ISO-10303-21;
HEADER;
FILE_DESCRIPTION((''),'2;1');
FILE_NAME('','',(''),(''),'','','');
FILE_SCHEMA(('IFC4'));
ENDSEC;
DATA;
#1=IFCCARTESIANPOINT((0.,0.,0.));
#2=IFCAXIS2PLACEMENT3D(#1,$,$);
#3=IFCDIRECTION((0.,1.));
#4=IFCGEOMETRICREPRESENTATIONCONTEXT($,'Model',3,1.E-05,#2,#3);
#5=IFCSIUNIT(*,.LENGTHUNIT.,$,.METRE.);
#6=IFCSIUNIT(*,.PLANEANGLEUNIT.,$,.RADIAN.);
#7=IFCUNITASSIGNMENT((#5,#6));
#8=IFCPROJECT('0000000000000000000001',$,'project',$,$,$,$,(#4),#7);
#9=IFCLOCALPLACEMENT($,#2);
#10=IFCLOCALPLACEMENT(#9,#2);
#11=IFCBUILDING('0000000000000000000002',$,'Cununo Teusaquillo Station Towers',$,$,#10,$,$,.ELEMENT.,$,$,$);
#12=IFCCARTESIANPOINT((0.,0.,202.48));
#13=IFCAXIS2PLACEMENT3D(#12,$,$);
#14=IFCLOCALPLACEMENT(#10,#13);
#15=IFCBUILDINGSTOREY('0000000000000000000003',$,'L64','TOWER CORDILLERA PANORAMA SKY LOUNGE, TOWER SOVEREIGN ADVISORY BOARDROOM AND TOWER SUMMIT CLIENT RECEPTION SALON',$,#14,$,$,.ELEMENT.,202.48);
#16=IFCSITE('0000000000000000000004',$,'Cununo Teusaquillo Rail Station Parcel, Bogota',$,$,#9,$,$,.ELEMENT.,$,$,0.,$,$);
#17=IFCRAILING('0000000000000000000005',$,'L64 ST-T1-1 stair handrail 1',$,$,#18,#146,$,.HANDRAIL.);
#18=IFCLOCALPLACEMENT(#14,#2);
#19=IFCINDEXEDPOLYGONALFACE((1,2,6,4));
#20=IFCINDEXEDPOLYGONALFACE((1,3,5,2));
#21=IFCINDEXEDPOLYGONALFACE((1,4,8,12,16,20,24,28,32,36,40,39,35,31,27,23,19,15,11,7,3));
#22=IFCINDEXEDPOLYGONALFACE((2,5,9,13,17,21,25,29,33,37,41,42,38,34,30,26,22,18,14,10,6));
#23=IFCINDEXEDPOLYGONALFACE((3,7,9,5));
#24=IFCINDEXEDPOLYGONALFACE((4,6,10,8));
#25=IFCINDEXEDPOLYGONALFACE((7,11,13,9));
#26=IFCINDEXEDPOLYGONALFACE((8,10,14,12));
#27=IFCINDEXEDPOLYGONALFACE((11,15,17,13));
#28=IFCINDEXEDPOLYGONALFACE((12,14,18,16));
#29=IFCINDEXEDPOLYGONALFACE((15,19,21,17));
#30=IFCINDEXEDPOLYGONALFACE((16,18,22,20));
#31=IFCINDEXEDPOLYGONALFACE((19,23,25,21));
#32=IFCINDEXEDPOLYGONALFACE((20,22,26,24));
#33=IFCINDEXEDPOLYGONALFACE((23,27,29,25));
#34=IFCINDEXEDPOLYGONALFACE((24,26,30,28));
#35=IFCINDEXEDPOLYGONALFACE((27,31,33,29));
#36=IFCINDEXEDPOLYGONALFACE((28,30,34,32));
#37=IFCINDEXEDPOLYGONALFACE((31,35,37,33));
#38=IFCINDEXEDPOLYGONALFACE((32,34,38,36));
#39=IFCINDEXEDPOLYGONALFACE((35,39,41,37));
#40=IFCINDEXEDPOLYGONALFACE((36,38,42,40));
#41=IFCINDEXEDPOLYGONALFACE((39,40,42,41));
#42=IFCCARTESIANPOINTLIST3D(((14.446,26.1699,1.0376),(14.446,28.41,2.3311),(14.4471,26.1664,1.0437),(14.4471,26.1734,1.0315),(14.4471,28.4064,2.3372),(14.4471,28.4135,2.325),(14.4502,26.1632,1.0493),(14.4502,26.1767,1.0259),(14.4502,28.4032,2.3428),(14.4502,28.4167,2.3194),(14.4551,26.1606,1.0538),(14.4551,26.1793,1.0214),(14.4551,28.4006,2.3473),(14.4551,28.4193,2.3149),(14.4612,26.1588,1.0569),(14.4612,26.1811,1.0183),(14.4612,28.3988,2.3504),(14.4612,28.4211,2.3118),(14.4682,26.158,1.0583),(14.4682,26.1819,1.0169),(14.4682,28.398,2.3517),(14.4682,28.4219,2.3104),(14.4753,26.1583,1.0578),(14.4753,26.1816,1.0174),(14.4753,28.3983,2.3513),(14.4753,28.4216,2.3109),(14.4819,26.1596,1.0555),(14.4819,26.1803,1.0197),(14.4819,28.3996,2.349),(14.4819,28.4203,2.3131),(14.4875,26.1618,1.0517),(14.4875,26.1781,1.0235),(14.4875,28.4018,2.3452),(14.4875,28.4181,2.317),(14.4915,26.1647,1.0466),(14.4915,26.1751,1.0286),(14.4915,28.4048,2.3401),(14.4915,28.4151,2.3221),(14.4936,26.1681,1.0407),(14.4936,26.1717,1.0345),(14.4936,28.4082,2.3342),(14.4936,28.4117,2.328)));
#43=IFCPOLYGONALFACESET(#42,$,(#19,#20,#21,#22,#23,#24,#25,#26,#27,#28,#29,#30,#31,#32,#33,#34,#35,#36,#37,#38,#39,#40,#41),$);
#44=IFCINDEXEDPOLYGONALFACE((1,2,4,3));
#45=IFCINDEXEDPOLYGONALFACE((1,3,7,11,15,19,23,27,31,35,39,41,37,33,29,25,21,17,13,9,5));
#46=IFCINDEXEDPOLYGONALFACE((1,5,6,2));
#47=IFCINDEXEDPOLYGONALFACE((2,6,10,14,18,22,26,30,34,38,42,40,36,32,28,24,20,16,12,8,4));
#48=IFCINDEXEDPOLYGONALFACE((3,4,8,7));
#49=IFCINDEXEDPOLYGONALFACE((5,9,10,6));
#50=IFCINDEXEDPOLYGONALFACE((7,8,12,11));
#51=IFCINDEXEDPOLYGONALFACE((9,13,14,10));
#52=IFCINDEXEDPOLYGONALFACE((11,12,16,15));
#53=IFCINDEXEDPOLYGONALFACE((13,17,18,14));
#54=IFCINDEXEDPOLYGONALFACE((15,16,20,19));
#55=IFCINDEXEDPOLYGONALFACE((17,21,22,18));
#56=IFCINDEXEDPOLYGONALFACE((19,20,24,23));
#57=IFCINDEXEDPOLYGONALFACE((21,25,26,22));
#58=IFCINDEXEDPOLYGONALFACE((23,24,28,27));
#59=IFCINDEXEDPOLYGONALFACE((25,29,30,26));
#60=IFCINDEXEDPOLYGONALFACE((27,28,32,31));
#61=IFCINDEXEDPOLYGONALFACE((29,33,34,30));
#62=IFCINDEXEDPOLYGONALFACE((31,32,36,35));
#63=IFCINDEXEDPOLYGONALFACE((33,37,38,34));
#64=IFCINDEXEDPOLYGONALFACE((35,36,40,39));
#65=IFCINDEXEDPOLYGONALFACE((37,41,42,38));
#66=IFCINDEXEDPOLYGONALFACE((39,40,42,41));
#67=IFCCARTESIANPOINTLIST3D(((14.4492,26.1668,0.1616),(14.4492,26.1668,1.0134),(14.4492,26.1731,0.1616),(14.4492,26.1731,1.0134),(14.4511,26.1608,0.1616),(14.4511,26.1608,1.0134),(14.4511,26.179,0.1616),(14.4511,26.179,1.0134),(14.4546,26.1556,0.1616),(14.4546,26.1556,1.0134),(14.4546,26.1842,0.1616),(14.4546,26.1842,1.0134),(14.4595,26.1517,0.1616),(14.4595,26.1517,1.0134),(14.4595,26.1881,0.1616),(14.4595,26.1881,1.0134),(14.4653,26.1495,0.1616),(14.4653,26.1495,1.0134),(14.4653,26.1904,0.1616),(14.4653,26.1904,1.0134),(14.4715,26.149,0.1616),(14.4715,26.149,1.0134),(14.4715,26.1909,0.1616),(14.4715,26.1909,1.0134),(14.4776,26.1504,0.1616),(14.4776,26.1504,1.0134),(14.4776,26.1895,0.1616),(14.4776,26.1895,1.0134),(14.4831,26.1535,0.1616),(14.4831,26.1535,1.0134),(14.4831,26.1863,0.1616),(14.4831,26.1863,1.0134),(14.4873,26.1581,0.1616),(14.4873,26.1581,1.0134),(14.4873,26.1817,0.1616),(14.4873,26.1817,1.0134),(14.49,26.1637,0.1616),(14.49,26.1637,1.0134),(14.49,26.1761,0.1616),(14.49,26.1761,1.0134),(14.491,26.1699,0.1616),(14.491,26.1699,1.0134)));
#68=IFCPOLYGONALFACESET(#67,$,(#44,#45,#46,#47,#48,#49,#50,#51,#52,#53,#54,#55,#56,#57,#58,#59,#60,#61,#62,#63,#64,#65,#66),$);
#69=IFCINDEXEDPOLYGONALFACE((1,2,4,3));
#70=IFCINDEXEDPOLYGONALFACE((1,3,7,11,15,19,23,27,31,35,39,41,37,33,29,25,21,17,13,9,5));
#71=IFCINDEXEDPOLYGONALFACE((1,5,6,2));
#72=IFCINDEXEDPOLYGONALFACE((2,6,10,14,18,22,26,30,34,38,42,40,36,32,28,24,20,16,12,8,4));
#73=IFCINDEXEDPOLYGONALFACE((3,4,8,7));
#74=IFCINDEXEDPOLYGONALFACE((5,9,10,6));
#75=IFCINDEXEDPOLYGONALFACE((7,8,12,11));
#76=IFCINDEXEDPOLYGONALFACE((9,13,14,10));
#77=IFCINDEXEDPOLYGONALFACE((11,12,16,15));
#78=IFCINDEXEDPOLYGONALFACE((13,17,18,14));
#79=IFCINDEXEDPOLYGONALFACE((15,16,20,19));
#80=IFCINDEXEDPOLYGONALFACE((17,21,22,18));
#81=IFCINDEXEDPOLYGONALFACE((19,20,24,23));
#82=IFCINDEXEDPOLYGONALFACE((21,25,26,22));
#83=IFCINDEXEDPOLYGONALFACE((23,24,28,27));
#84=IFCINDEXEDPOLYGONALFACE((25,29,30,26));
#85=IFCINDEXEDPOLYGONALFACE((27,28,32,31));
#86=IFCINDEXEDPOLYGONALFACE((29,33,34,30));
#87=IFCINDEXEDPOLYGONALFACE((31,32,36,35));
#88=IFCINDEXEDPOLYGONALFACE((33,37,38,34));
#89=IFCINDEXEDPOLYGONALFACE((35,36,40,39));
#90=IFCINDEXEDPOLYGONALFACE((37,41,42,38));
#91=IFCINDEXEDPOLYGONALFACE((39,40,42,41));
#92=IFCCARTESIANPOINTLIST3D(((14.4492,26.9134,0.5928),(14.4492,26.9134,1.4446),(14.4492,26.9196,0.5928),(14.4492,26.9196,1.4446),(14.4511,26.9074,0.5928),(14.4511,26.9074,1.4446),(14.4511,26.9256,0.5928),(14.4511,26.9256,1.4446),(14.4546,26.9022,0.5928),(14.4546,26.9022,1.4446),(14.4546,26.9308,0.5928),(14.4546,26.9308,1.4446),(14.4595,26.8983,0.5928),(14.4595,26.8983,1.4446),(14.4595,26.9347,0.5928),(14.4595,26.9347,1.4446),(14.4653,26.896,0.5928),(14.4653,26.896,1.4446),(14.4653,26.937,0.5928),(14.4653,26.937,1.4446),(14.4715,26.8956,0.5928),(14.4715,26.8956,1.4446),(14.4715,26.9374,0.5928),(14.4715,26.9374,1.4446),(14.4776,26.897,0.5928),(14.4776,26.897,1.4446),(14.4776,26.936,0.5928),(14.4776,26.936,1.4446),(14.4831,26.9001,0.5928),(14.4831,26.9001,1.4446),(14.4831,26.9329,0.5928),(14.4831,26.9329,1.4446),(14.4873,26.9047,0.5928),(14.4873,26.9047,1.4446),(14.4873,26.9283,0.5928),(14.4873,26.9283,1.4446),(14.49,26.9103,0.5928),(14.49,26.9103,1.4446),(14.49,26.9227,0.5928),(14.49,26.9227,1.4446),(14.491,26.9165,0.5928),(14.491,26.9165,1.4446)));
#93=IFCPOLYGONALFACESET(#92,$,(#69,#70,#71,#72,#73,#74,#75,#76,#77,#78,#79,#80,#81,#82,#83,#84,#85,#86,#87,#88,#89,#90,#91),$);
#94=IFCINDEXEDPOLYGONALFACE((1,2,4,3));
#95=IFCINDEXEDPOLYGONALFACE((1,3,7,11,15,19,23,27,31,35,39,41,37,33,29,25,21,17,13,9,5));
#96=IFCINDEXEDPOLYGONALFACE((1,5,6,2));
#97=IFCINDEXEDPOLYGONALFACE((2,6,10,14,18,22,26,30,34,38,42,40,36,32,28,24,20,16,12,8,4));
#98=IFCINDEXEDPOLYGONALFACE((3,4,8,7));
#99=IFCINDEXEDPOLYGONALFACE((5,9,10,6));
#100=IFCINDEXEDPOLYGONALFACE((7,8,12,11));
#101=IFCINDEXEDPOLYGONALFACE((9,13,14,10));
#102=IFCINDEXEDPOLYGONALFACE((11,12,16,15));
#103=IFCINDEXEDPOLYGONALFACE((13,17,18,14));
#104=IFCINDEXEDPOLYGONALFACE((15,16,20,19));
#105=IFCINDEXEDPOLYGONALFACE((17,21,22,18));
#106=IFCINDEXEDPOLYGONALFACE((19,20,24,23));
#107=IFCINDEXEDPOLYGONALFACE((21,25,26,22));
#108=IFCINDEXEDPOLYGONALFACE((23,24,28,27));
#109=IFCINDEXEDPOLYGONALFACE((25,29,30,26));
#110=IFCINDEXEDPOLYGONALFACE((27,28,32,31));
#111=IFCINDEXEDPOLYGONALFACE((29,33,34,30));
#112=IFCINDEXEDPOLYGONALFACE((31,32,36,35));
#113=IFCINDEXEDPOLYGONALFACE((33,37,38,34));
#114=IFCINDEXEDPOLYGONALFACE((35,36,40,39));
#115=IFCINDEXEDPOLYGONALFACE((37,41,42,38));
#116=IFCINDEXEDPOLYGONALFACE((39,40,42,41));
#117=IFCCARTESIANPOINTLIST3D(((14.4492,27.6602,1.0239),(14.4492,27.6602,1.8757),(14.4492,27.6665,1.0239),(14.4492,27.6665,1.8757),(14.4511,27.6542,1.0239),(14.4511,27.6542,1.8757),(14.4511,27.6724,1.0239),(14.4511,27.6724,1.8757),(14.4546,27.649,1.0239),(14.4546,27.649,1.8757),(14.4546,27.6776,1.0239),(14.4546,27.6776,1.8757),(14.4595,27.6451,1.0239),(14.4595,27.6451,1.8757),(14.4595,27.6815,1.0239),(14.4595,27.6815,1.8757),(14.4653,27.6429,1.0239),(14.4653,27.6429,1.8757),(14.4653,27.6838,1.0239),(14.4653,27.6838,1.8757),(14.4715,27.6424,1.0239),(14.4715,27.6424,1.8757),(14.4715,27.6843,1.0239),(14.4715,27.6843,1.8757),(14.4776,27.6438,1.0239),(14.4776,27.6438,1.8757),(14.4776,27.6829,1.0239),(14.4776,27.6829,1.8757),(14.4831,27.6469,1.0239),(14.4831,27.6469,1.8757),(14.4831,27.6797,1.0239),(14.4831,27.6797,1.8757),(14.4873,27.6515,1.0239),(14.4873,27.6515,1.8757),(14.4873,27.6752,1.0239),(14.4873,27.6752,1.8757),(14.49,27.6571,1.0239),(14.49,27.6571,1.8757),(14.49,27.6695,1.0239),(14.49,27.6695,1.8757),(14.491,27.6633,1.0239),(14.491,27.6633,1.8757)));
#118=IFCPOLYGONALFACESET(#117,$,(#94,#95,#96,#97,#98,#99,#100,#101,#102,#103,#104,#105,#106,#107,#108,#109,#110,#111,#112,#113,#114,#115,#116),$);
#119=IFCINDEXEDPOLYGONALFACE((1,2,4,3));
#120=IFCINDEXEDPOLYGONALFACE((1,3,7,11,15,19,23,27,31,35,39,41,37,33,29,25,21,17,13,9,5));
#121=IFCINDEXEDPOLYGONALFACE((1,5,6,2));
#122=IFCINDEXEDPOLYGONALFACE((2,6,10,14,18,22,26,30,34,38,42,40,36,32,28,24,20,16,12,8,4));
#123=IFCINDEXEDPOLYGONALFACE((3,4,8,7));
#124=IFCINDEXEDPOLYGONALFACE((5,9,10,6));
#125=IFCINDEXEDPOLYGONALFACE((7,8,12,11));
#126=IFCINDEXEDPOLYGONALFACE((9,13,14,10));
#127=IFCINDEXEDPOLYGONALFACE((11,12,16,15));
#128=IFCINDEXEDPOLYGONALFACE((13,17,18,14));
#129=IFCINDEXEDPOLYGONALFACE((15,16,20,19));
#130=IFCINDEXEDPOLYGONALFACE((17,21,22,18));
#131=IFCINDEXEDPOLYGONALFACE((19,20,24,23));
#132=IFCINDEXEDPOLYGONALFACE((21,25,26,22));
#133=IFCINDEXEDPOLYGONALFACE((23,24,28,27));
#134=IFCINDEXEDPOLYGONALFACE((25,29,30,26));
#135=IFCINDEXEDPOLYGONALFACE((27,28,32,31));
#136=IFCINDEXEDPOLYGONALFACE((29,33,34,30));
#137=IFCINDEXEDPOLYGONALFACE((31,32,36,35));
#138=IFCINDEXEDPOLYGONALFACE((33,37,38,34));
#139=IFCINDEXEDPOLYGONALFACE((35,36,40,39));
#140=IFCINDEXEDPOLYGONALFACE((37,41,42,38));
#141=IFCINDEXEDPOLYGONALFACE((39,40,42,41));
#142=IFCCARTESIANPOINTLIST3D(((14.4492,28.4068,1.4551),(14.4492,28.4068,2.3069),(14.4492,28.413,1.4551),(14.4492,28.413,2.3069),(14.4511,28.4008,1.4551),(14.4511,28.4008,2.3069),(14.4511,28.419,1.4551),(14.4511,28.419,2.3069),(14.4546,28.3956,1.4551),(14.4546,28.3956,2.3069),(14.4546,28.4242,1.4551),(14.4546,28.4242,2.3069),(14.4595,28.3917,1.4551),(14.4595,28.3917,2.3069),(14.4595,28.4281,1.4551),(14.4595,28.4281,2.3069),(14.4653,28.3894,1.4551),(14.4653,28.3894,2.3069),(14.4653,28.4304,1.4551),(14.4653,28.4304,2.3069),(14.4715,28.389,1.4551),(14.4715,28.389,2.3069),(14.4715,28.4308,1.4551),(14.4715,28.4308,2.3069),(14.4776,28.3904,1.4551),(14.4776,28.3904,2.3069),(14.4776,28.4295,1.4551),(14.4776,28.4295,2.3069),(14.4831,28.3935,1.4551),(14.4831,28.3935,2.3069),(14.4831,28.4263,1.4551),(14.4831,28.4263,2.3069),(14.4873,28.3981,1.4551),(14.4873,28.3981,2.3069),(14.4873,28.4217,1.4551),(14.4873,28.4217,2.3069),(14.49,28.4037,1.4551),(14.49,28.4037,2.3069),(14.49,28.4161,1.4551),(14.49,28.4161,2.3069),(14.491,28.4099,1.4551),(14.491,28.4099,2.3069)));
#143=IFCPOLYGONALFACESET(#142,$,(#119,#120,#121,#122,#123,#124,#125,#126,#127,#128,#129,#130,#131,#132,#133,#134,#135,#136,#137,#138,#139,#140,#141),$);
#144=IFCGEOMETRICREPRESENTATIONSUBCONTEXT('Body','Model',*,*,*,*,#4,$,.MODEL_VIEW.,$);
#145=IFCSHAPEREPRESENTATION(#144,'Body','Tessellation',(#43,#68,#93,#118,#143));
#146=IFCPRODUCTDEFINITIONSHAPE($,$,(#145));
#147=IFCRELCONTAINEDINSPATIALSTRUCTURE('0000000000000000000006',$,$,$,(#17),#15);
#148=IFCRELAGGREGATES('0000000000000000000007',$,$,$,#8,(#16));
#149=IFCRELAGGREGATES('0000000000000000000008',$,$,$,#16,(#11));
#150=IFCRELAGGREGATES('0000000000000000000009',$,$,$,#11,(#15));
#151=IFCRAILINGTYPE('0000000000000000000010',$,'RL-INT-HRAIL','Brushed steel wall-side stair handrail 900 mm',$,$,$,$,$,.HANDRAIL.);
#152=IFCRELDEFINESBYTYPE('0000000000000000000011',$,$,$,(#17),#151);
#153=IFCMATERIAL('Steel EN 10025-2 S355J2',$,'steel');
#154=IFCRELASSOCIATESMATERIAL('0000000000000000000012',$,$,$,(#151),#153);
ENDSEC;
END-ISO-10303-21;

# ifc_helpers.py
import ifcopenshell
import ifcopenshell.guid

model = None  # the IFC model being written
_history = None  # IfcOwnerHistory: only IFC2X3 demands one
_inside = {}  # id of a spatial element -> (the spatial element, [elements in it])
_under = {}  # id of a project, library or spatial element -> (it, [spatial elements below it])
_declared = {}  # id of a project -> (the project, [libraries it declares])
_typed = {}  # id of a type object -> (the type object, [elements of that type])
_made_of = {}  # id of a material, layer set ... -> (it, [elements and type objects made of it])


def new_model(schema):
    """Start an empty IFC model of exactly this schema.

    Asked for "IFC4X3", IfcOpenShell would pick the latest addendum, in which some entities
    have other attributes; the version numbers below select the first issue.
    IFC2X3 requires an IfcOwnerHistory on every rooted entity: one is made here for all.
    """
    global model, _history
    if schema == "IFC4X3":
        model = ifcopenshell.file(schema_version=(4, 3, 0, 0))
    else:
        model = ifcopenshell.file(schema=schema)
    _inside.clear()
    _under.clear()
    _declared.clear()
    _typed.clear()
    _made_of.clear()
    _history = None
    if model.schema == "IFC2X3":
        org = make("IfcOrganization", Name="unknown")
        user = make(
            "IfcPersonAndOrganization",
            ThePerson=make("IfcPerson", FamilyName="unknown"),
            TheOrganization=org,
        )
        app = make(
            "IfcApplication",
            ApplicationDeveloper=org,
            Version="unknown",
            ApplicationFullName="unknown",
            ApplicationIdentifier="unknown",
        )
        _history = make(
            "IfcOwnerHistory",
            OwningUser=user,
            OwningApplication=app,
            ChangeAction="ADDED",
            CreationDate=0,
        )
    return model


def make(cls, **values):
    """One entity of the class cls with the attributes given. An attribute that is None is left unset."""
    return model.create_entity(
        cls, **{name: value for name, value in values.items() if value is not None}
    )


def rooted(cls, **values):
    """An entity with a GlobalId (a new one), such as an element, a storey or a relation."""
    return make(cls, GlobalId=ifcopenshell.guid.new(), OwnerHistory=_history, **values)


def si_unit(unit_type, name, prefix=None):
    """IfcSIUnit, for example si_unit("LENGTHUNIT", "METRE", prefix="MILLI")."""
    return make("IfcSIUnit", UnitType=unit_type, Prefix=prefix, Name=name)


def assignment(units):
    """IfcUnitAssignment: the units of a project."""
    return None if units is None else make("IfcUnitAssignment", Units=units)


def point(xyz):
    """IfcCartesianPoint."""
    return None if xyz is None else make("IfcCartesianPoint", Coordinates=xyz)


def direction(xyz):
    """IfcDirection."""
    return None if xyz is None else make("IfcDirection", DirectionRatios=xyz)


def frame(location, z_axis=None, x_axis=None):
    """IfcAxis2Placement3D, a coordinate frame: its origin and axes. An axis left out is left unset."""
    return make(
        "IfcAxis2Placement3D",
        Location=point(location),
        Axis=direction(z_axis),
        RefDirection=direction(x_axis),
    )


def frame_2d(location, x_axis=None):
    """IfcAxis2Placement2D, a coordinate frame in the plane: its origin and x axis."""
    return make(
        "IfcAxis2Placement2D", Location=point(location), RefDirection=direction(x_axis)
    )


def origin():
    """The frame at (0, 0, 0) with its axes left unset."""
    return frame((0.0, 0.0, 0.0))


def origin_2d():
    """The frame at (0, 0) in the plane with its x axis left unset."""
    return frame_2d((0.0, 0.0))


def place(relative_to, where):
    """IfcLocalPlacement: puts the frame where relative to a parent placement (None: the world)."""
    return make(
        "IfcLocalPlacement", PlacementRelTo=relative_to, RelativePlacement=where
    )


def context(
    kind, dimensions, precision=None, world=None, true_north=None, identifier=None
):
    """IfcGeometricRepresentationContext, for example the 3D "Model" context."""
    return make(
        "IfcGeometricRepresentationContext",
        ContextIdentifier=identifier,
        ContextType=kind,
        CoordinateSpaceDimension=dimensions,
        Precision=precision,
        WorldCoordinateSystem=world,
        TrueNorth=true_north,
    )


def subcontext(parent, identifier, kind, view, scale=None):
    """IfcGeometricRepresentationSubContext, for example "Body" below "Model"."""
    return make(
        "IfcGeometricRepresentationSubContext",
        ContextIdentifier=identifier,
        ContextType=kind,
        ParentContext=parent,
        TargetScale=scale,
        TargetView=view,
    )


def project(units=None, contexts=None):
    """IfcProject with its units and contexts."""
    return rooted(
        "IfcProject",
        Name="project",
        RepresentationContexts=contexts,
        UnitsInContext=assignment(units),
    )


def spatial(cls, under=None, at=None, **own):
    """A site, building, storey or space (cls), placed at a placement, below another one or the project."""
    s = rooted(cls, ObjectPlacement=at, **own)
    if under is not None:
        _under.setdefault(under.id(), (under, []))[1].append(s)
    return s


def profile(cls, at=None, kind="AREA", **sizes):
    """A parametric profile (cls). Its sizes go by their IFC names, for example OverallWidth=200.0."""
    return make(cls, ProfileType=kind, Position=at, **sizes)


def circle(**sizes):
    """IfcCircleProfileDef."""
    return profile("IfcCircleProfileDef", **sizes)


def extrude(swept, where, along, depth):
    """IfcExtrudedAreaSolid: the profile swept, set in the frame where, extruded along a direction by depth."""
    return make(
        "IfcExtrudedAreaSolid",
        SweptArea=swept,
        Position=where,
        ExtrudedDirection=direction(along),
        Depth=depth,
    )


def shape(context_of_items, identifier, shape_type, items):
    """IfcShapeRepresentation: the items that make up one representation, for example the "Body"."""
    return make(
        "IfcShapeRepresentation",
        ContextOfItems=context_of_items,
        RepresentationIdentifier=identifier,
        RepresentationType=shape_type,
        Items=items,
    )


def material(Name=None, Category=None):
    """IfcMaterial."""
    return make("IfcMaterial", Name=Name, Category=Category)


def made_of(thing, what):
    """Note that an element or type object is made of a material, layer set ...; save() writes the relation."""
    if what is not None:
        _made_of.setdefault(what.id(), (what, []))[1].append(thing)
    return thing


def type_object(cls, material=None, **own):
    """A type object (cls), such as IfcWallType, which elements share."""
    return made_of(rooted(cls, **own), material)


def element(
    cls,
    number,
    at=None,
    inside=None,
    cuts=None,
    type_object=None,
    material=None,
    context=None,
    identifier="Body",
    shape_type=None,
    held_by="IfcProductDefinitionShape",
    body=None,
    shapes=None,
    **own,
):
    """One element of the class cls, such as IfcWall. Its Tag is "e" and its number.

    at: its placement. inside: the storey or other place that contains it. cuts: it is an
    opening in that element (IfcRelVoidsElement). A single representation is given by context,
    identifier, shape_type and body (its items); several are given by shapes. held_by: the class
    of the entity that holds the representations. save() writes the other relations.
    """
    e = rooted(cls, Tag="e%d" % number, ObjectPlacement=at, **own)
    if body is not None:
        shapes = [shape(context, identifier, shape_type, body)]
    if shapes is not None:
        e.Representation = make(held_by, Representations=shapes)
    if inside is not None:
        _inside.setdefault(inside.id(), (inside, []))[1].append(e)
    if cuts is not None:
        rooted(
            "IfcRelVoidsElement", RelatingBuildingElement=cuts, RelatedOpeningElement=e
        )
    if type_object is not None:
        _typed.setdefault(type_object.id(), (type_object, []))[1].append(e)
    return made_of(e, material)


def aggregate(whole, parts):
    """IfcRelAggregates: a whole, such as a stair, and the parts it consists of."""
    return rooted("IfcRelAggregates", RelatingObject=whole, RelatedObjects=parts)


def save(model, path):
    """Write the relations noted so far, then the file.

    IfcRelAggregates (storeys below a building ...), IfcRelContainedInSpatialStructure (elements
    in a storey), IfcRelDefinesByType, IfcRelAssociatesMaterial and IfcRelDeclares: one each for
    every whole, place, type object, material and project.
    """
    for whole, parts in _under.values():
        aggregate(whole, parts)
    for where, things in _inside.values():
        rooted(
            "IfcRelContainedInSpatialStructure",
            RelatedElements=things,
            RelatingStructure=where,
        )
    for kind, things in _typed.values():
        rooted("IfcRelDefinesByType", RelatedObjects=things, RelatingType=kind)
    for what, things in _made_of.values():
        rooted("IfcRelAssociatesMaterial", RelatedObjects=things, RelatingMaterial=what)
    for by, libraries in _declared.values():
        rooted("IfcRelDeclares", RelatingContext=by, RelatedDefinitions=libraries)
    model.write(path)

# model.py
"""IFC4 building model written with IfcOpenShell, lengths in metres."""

from ifc_helpers import new_model, si_unit, direction, frame, origin, origin_2d, place, context, subcontext, project, spatial, circle, extrude, material, type_object, element, save


model = new_model("IFC4")

# Units and contexts
model_context = context("Model", 3, precision=1e-05, world=origin(), true_north=direction((0.0, 1.0)))
body_context = subcontext(model_context, "Body", "Model", "MODEL_VIEW")
ifc_project = project(units=[si_unit("LENGTHUNIT", "METRE"), si_unit("PLANEANGLEUNIT", "RADIAN")], contexts=[model_context])

# Site, building, storey
site_placement = place(None, origin())
site = spatial("IfcSite", under=ifc_project, at=site_placement, Name="Cununo Teusaquillo Rail Station Parcel, Bogota", CompositionType="ELEMENT", RefElevation=0.0)
building_placement = place(site_placement, origin())
building = spatial("IfcBuilding", under=site, at=building_placement, Name="Cununo Teusaquillo Station Towers", CompositionType="ELEMENT")
storey_placement = place(building_placement, frame((0.0, 0.0, 202.48)))
storey = spatial("IfcBuildingStorey", under=building, at=storey_placement, Name="L64", Description="TOWER CORDILLERA PANORAMA SKY LOUNGE, TOWER SOVEREIGN ADVISORY BOARDROOM AND TOWER SUMMIT CLIENT RECEPTION SALON", CompositionType="ELEMENT", Elevation=202.48)

# Railing
ifc_material_1 = material(Name="Steel EN 10025-2 S355J2", Category="steel")
railing_type_1 = type_object("IfcRailingType", Name="RL-INT-HRAIL", Description="Brushed steel wall-side stair handrail 900 mm", PredefinedType="HANDRAIL", material=ifc_material_1)
railing_1_placement = place(storey_placement, frame((14.47, 26.1699, 0.1616)))
element("IfcRailing", 1, at=railing_1_placement, inside=storey, type_object=railing_type_1, Name="L64 ST-T1-1 stair handrail 1", PredefinedType="HANDRAIL", context=body_context, shape_type="SweptSolid", body=[
    extrude(circle(Radius=0.0239, at=origin_2d()), frame((0.0, 0.0, 0.876), z_axis=(0.0, 0.865992, 0.500057), x_axis=(-1.0, 0.0, 0.0)), (0.0, 0.0, 1.0), 2.5867),
    extrude(circle(Radius=0.021, at=origin_2d()), origin(), (0.0, 0.0, 1.0), 0.8518),
    extrude(circle(Radius=0.021, at=origin_2d()), frame((0.0, 0.7466, 0.4312)), (0.0, 0.0, 1.0), 0.8518),
    extrude(circle(Radius=0.021, at=origin_2d()), frame((0.0, 1.4934, 0.8623)), (0.0, 0.0, 1.0), 0.8518),
    extrude(circle(Radius=0.021, at=origin_2d()), frame((0.0, 2.24, 1.2935)), (0.0, 0.0, 1.0), 0.8518),
])

save(model, "model.ifc")
